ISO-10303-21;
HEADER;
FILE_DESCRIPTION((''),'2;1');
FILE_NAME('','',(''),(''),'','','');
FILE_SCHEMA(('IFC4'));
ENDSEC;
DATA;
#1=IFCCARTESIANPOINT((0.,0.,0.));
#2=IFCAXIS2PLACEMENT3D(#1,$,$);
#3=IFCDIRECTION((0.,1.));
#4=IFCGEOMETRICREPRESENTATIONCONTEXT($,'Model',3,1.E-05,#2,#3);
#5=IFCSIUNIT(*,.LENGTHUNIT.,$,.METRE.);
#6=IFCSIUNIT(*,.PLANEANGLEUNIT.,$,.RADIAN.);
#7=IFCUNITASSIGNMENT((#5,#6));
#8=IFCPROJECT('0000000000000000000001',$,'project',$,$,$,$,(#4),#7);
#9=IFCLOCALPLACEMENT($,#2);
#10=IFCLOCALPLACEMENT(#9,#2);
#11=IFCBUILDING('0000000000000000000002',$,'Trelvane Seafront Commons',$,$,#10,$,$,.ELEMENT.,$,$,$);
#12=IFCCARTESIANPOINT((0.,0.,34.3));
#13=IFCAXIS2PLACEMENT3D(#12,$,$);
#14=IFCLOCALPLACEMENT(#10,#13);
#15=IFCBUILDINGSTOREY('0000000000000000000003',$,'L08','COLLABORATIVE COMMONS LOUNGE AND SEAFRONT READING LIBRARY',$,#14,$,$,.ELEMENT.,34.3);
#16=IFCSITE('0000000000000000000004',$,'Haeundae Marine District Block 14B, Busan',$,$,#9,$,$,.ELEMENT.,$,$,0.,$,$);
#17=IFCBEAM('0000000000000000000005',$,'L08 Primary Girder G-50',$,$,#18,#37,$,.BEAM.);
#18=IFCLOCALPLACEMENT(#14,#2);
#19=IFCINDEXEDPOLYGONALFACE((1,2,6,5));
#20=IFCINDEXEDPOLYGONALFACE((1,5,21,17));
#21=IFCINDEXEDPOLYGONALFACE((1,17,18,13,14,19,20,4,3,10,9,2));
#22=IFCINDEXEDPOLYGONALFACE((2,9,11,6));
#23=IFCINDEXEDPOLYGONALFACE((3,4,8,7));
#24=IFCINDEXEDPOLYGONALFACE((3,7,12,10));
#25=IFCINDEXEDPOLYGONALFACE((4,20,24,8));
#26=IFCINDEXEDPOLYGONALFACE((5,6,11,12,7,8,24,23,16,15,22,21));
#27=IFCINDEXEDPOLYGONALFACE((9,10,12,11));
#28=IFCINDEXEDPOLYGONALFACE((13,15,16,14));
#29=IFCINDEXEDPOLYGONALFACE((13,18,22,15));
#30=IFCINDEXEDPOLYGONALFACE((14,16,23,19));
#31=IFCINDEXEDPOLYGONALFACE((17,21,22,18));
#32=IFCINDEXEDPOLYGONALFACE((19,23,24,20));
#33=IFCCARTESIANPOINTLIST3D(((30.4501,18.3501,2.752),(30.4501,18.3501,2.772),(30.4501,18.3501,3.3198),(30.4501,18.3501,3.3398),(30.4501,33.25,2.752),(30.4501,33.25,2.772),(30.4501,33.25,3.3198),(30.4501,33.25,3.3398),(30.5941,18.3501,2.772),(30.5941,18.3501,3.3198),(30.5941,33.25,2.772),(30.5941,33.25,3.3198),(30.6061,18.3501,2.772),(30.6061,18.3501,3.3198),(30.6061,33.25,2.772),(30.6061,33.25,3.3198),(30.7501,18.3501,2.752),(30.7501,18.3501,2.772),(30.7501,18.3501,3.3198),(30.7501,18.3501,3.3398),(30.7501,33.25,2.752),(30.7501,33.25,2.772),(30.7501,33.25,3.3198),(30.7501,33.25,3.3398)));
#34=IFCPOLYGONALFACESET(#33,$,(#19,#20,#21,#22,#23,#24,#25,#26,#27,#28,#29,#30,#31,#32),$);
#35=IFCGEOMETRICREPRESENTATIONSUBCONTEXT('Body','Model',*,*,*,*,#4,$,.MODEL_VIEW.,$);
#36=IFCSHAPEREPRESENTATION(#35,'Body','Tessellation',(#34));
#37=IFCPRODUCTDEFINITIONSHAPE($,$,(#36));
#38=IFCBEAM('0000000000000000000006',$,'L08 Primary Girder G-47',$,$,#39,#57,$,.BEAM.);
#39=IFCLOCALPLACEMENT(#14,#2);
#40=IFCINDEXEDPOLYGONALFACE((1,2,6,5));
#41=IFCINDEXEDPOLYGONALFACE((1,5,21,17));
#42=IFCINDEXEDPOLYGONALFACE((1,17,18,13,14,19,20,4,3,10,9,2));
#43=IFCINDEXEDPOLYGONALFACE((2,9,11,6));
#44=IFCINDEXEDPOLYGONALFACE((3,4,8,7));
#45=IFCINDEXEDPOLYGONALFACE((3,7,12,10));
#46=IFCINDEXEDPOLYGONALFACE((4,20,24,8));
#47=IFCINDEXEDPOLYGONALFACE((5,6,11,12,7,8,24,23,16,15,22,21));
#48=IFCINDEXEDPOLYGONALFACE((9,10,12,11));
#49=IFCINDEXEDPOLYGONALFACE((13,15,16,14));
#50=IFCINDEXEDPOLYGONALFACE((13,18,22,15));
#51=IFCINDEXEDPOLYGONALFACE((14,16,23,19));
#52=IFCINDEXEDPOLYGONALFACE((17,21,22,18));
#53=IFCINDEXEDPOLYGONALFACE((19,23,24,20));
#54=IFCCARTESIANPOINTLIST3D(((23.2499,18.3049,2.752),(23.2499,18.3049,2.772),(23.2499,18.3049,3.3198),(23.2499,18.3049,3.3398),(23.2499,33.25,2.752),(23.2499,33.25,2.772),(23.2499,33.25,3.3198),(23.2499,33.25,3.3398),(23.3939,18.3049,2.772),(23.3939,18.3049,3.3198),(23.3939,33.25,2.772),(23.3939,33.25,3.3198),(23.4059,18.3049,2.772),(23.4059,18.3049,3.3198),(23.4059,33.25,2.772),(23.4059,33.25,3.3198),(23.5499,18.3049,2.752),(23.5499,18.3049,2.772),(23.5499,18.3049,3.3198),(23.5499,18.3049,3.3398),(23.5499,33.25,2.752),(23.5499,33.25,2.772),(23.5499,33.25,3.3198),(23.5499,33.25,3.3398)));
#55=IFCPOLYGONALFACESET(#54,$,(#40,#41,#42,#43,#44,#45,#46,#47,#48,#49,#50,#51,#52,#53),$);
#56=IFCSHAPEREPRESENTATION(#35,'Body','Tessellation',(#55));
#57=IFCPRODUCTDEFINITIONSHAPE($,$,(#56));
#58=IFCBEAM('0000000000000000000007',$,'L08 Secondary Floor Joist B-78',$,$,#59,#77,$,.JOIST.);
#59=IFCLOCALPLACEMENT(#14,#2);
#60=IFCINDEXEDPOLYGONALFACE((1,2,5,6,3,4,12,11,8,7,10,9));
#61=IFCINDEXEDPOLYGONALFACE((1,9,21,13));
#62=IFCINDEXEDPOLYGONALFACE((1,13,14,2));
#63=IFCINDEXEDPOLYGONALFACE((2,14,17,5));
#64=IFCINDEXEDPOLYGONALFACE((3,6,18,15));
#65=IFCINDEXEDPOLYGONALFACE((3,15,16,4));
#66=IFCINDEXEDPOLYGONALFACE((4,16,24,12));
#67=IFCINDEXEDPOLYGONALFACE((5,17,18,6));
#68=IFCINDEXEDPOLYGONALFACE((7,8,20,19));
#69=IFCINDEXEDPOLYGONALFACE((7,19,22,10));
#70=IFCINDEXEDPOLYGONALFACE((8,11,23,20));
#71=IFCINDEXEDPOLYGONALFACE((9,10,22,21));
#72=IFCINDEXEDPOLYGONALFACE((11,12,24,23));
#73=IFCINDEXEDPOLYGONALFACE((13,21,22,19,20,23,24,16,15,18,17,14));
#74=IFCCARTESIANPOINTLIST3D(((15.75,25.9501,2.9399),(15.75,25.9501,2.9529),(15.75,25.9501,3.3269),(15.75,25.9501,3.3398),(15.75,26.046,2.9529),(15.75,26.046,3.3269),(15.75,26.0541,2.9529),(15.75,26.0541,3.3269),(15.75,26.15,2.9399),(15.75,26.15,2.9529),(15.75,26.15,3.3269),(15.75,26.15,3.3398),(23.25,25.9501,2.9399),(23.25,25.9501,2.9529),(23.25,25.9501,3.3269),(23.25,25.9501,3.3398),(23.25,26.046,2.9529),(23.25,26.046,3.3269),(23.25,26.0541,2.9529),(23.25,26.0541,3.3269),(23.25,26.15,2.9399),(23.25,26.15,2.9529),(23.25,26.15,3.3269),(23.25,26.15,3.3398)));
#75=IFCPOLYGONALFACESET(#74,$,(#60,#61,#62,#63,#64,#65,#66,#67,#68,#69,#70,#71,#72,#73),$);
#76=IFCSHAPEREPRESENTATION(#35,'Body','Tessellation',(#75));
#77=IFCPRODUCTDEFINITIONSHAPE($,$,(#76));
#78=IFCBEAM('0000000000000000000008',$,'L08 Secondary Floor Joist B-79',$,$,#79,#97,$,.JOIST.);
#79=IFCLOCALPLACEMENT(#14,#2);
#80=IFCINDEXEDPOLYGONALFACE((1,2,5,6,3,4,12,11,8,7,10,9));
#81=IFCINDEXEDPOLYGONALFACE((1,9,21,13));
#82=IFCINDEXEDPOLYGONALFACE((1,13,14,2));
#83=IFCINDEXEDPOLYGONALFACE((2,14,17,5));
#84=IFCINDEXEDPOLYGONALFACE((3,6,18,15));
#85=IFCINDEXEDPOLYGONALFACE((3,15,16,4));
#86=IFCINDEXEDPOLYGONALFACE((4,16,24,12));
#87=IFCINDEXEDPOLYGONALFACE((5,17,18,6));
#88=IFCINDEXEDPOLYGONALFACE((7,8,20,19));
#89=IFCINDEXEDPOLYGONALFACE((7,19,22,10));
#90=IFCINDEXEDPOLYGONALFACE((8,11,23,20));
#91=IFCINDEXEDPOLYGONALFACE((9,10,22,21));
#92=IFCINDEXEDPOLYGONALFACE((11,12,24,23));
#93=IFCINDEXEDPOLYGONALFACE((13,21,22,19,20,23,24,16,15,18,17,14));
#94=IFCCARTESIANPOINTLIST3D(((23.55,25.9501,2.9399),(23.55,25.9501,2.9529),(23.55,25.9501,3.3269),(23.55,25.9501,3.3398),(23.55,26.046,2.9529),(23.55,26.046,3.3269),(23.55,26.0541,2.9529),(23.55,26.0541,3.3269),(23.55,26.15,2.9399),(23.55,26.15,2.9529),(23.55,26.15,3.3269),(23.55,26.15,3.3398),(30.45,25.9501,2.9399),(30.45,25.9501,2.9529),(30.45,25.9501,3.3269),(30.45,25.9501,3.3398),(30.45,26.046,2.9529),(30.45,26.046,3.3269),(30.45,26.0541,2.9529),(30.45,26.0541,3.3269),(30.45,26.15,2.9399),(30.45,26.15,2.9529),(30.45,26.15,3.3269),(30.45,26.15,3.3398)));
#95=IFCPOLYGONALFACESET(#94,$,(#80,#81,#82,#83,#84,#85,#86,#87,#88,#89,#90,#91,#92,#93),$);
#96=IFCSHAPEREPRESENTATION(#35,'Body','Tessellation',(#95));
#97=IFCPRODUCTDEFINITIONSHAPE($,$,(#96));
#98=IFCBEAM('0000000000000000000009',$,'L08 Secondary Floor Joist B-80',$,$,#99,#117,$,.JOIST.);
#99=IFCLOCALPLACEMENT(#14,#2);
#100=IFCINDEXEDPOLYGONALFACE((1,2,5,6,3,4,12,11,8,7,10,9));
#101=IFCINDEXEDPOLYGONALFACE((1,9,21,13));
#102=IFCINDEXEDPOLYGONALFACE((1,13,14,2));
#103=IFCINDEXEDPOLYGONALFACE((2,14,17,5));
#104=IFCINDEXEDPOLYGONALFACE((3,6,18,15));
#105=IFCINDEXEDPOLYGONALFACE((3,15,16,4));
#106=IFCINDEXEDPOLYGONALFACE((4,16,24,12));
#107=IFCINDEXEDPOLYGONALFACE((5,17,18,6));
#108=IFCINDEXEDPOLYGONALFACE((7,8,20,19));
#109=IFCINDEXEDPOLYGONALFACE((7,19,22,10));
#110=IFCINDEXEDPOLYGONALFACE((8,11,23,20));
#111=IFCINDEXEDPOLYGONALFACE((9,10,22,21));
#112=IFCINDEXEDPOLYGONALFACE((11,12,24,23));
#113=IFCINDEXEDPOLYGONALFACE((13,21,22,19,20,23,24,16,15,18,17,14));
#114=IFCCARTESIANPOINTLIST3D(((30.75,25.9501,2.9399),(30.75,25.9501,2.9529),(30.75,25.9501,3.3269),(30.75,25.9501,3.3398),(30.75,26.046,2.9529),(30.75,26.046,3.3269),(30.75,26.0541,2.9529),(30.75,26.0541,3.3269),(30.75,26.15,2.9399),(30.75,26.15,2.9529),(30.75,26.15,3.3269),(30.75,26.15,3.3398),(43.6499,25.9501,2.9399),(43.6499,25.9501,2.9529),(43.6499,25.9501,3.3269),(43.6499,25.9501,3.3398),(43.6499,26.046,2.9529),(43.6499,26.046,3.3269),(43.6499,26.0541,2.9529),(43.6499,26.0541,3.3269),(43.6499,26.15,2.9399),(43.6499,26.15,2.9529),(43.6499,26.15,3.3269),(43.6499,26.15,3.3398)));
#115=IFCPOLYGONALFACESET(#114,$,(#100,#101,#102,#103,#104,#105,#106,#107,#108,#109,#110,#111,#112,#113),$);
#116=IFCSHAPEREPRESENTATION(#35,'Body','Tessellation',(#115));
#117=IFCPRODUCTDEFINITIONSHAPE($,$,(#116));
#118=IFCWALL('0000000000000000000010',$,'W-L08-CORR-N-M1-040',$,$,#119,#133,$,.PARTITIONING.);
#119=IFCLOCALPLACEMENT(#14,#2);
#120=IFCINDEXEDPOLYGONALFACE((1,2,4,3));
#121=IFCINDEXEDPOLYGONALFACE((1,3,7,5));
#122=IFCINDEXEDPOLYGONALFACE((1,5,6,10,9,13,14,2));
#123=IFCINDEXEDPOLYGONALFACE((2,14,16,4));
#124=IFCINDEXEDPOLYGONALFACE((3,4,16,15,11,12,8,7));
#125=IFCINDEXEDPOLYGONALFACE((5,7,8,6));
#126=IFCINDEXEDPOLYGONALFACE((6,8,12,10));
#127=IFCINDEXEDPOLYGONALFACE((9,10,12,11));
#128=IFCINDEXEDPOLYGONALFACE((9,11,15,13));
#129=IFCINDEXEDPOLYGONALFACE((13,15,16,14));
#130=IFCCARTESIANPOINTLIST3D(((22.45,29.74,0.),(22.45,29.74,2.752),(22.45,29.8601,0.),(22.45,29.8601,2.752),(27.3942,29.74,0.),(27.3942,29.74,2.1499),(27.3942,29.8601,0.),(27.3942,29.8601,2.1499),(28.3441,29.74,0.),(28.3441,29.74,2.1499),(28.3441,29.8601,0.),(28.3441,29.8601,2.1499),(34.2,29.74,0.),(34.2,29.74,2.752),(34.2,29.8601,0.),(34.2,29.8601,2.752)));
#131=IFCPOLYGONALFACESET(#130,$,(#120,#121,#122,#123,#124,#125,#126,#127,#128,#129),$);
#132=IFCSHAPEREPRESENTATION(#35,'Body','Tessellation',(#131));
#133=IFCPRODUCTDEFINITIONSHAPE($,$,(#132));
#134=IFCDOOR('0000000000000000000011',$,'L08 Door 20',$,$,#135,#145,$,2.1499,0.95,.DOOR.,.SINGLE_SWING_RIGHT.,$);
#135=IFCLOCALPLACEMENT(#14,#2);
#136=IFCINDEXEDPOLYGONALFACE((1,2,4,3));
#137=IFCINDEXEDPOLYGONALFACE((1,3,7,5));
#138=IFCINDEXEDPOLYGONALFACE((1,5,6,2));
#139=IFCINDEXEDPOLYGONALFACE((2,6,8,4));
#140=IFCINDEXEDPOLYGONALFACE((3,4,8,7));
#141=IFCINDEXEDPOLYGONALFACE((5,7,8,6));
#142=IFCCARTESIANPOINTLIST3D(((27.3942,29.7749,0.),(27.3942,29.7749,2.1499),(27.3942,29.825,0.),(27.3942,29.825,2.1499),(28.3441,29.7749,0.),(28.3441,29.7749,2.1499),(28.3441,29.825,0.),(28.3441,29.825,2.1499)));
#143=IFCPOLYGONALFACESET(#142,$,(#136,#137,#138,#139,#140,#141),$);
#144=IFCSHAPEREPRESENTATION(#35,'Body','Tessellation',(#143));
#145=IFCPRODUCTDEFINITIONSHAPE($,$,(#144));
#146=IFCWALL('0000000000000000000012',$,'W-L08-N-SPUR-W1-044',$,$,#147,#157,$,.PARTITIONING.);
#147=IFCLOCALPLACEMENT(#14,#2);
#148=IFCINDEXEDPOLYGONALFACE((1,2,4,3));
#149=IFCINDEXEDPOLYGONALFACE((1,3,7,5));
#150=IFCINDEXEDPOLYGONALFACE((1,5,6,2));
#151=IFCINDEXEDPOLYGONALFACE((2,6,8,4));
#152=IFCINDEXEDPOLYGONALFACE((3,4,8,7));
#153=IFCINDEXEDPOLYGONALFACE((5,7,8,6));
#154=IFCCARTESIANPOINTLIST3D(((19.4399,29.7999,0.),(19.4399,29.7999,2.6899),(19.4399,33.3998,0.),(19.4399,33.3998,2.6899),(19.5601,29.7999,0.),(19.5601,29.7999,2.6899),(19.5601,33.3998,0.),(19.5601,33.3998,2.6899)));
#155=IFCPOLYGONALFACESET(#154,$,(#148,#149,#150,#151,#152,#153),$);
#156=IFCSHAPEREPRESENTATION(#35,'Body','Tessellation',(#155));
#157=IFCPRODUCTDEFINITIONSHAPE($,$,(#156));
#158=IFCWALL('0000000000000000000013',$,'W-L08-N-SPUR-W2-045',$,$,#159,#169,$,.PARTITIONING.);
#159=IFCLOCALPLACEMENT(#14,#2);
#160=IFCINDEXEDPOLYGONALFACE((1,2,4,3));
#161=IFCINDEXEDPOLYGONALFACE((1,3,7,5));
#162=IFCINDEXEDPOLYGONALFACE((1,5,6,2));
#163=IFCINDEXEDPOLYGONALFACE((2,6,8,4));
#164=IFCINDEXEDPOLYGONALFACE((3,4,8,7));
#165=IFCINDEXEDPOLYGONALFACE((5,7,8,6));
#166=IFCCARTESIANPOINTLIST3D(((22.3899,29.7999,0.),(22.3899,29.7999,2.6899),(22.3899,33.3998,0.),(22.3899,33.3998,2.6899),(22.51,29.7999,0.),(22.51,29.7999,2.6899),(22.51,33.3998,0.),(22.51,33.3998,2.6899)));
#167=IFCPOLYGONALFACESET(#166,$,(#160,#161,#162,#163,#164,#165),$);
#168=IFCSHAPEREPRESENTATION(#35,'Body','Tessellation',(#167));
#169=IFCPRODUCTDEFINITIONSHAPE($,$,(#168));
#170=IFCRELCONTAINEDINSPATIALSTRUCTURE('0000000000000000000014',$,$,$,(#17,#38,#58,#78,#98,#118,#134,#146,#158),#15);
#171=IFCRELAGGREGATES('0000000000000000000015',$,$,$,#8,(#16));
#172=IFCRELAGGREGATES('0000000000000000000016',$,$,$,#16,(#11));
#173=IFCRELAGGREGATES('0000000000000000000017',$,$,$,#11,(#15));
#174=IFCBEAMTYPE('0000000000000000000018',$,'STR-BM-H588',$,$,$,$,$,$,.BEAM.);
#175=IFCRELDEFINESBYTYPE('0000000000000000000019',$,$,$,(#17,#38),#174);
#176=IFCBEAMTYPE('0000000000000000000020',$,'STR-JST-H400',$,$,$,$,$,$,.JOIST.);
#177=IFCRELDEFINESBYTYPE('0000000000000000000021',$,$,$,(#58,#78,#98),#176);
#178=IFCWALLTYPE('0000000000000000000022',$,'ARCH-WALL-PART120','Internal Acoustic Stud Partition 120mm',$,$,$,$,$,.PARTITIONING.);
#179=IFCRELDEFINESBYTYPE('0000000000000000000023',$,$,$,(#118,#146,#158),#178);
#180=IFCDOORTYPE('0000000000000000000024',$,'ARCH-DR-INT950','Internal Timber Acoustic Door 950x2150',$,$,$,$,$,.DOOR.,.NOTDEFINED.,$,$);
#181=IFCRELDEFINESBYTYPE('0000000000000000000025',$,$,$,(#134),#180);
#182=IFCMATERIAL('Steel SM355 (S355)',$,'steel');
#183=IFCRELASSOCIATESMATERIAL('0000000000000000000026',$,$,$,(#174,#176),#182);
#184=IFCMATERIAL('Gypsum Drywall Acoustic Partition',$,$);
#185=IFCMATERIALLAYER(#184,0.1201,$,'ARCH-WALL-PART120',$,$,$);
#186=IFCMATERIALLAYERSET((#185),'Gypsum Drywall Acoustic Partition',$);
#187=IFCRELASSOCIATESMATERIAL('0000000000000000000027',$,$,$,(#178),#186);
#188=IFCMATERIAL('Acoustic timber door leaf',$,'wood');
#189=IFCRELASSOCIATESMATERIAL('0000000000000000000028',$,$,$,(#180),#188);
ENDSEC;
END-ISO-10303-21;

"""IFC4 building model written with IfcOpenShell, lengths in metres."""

from ifc_helpers import new_model, si_unit, direction, frame, frame_2d, origin, origin_2d, place, context, subcontext, project, spatial, rectangle, i_section, extrude, source, transform, mapped, material, layer, layer_set, material_profile, profile_set, type_object, element, fill, save


model = new_model("IFC4")

# Units and contexts
model_context = context("Model", 3, precision=1e-05, world=origin(), true_north=direction((0.0, 1.0)))
body_context = subcontext(model_context, "Body", "Model", "MODEL_VIEW")
ifc_project = project(units=[si_unit("LENGTHUNIT", "METRE"), si_unit("PLANEANGLEUNIT", "RADIAN")], contexts=[model_context])

# Site, building, storey
site_placement = place(None, origin())
site = spatial("IfcSite", under=ifc_project, at=site_placement, Name="Haeundae Marine District Block 14B, Busan", CompositionType="ELEMENT", RefElevation=0.0)
building_placement = place(site_placement, origin())
building = spatial("IfcBuilding", under=site, at=building_placement, Name="Trelvane Seafront Commons", CompositionType="ELEMENT")
storey_placement = place(building_placement, frame((0.0, 0.0, 34.3)))
storey = spatial("IfcBuildingStorey", under=building, at=storey_placement, Name="L08", Description="COLLABORATIVE COMMONS LOUNGE AND SEAFRONT READING LIBRARY", CompositionType="ELEMENT", Elevation=34.3)

# Shared definitions
ifc_material_1 = material(Name="Steel SM355 (S355)", Category="steel")

# Beams
ifc_material_profile_1 = material_profile(ifc_material_1, i_section(OverallWidth=0.3, OverallDepth=0.5879, WebThickness=0.012, FlangeThickness=0.02, at=origin_2d()), Name="H-588x300x12x20")
ifc_profile_set_1 = profile_set([ifc_material_profile_1], Name="Steel SM355 (S355)")
beam_type_1 = type_object("IfcBeamType", Name="STR-BM-H588", PredefinedType="BEAM", material=ifc_profile_set_1)
shared_shape_1 = source(origin(), body_context, "Body", "SweptSolid", [
    extrude(i_section(OverallWidth=0.3, OverallDepth=0.5879, WebThickness=0.012, FlangeThickness=0.02, at=origin_2d()), origin(), (0.0, 0.0, 1.0), 14.8999),
])
for number, where, z_axis, x_axis, name in (
    (1, (30.6001, 18.3501, 3.0459), (0.0, 1.0, 0.0), (-1.0, 0.0, 0.0), "L08 Primary Girder G-50"),
):
    element("IfcBeam", number, at=place(storey_placement, frame(where, z_axis=z_axis, x_axis=x_axis)), inside=storey, type_object=beam_type_1, Name=name, PredefinedType="BEAM", context=body_context, shape_type="MappedRepresentation", body=[
        mapped(shared_shape_1, transform((0.0, 0.0, 0.0), x_axis=(1.0, 0.0, 0.0), y_axis=(0.0, 1.0, 0.0), z_axis=(0.0, 0.0, 1.0), scale=1.0)),
    ])
shared_shape_2 = source(origin(), body_context, "Body", "SweptSolid", [
    extrude(i_section(OverallWidth=0.3, OverallDepth=0.5879, WebThickness=0.012, FlangeThickness=0.02, at=origin_2d()), origin(), (0.0, 0.0, 1.0), 14.9451),
])
beam_1_placement = place(storey_placement, frame((23.3999, 18.3049, 3.0459), z_axis=(0.0, 1.0, 0.0), x_axis=(-1.0, 0.0, 0.0)))
element("IfcBeam", 2, at=beam_1_placement, inside=storey, type_object=beam_type_1, Name="L08 Primary Girder G-47", PredefinedType="BEAM", context=body_context, shape_type="MappedRepresentation", body=[
    mapped(shared_shape_2, transform((0.0, 0.0, 0.0), x_axis=(1.0, 0.0, 0.0), y_axis=(0.0, 1.0, 0.0), z_axis=(0.0, 0.0, 1.0), scale=1.0)),
])
ifc_material_profile_2 = material_profile(ifc_material_1, i_section(OverallWidth=0.2, OverallDepth=0.3999, WebThickness=0.0081, FlangeThickness=0.0129, at=origin_2d()), Name="H-400x200x8x13")
ifc_profile_set_2 = profile_set([ifc_material_profile_2], Name="Steel SM355 (S355)")
beam_type_2 = type_object("IfcBeamType", Name="STR-JST-H400", PredefinedType="JOIST", material=ifc_profile_set_2)
shared_shape_3 = source(origin(), body_context, "Body", "SweptSolid", [
    extrude(i_section(OverallWidth=0.2, OverallDepth=0.3999, WebThickness=0.0081, FlangeThickness=0.0129, at=origin_2d()), origin(), (0.0, 0.0, 1.0), 7.5),
])
beam_2_placement = place(storey_placement, frame((15.75, 26.05, 3.1399), z_axis=(1.0, 0.0, 0.0), x_axis=(0.0, 1.0, 0.0)))
element("IfcBeam", 3, at=beam_2_placement, inside=storey, type_object=beam_type_2, Name="L08 Secondary Floor Joist B-78", PredefinedType="JOIST", context=body_context, shape_type="MappedRepresentation", body=[
    mapped(shared_shape_3, transform((0.0, 0.0, 0.0), x_axis=(1.0, 0.0, 0.0), y_axis=(0.0, 1.0, 0.0), z_axis=(0.0, 0.0, 1.0), scale=1.0)),
])
shared_shape_4 = source(origin(), body_context, "Body", "SweptSolid", [
    extrude(i_section(OverallWidth=0.2, OverallDepth=0.3999, WebThickness=0.0081, FlangeThickness=0.0129, at=origin_2d()), origin(), (0.0, 0.0, 1.0), 6.8999),
])
beam_3_placement = place(storey_placement, frame((23.55, 26.05, 3.1399), z_axis=(1.0, 0.0, 0.0), x_axis=(0.0, 1.0, 0.0)))
element("IfcBeam", 4, at=beam_3_placement, inside=storey, type_object=beam_type_2, Name="L08 Secondary Floor Joist B-79", PredefinedType="JOIST", context=body_context, shape_type="MappedRepresentation", body=[
    mapped(shared_shape_4, transform((0.0, 0.0, 0.0), x_axis=(1.0, 0.0, 0.0), y_axis=(0.0, 1.0, 0.0), z_axis=(0.0, 0.0, 1.0), scale=1.0)),
])
shared_shape_5 = source(origin(), body_context, "Body", "SweptSolid", [
    extrude(i_section(OverallWidth=0.2, OverallDepth=0.3999, WebThickness=0.0081, FlangeThickness=0.0129, at=origin_2d()), origin(), (0.0, 0.0, 1.0), 12.8999),
])
beam_4_placement = place(storey_placement, frame((30.75, 26.05, 3.1399), z_axis=(1.0, 0.0, 0.0), x_axis=(0.0, 1.0, 0.0)))
element("IfcBeam", 5, at=beam_4_placement, inside=storey, type_object=beam_type_2, Name="L08 Secondary Floor Joist B-80", PredefinedType="JOIST", context=body_context, shape_type="MappedRepresentation", body=[
    mapped(shared_shape_5, transform((0.0, 0.0, 0.0), x_axis=(1.0, 0.0, 0.0), y_axis=(0.0, 1.0, 0.0), z_axis=(0.0, 0.0, 1.0), scale=1.0)),
])

# Wall, opening, door
ifc_material_2 = material(Name="Gypsum Drywall Acoustic Partition")
ifc_layer_1 = layer(ifc_material_2, 0.1201, Name="ARCH-WALL-PART120")
ifc_layer_set_1 = layer_set([ifc_layer_1], Name="Gypsum Drywall Acoustic Partition")
wall_type_1 = type_object("IfcWallType", Name="ARCH-WALL-PART120", Description="Internal Acoustic Stud Partition 120mm", PredefinedType="PARTITIONING", material=ifc_layer_set_1)
wall_1_placement = place(storey_placement, frame((22.45, 29.8, 0.0), z_axis=(0.0, 0.0, 1.0), x_axis=(1.0, 0.0, 0.0)))
wall_1 = element("IfcWall", 6, at=wall_1_placement, inside=storey, type_object=wall_type_1, Name="W-L08-CORR-N-M1-040", PredefinedType="PARTITIONING", context=body_context, shape_type="SweptSolid", body=[
    extrude(rectangle(XDim=11.75, YDim=0.1201, at=frame_2d((5.875, 0.0))), origin(), (0.0, 0.0, 1.0), 2.752),
])
opening_1_placement = place(wall_1_placement, frame((4.9441, 0.0, 0.0)))
opening_1 = element("IfcOpeningElement", 7, at=opening_1_placement, cuts=wall_1, PredefinedType="OPENING", context=body_context, shape_type="SweptSolid", body=[
    extrude(rectangle(XDim=0.95, YDim=2.1499, at=frame_2d((0.4751, 1.075))), frame((0.0, 0.0701, 0.0), z_axis=(0.0, -1.0, 0.0), x_axis=(1.0, 0.0, 0.0)), (0.0, 0.0, 1.0), 0.1401),
])
ifc_material_3 = material(Name="Acoustic timber door leaf", Category="wood")
door_type_1 = type_object("IfcDoorType", Name="ARCH-DR-INT950", Description="Internal Timber Acoustic Door 950x2150", OperationType="NOTDEFINED", PredefinedType="DOOR", material=ifc_material_3)
shared_shape_6 = source(origin(), body_context, "Body", "SweptSolid", [
    extrude(rectangle(XDim=0.95, YDim=2.1499, at=frame_2d((0.4751, 1.075))), frame((0.0, 0.0249, 0.0), z_axis=(0.0, -1.0, 0.0), x_axis=(1.0, 0.0, 0.0)), (0.0, 0.0, 1.0), 0.05),
])
door_1_placement = place(opening_1_placement, origin())
door_1 = element("IfcDoor", 8, at=door_1_placement, inside=storey, type_object=door_type_1, Name="L08 Door 20", OperationType="SINGLE_SWING_RIGHT", OverallHeight=2.1499, OverallWidth=0.95, PredefinedType="DOOR", context=body_context, shape_type="MappedRepresentation", body=[
    mapped(shared_shape_6, transform((0.0, 0.0, 0.0), x_axis=(1.0, 0.0, 0.0), y_axis=(0.0, 1.0, 0.0), z_axis=(0.0, 0.0, 1.0), scale=1.0)),
])
fill(opening_1, door_1)

# Walls
for number, where, z_axis, x_axis, name in (
    (9, (19.5, 29.8, 0.0), (0.0, 0.0, 1.0), (0.0, 1.0, 0.0), "W-L08-N-SPUR-W1-044"),
    (10, (22.45, 29.8, 0.0), (0.0, 0.0, 1.0), (0.0, 1.0, 0.0), "W-L08-N-SPUR-W2-045"),
):
    element("IfcWall", number, at=place(storey_placement, frame(where, z_axis=z_axis, x_axis=x_axis)), inside=storey, type_object=wall_type_1, Name=name, PredefinedType="PARTITIONING", context=body_context, shape_type="SweptSolid", body=[
        extrude(rectangle(XDim=3.5999, YDim=0.1201, at=frame_2d((1.7998, 0.0))), origin(), (0.0, 0.0, 1.0), 2.6899),
    ])

save(model, "model.ifc")
